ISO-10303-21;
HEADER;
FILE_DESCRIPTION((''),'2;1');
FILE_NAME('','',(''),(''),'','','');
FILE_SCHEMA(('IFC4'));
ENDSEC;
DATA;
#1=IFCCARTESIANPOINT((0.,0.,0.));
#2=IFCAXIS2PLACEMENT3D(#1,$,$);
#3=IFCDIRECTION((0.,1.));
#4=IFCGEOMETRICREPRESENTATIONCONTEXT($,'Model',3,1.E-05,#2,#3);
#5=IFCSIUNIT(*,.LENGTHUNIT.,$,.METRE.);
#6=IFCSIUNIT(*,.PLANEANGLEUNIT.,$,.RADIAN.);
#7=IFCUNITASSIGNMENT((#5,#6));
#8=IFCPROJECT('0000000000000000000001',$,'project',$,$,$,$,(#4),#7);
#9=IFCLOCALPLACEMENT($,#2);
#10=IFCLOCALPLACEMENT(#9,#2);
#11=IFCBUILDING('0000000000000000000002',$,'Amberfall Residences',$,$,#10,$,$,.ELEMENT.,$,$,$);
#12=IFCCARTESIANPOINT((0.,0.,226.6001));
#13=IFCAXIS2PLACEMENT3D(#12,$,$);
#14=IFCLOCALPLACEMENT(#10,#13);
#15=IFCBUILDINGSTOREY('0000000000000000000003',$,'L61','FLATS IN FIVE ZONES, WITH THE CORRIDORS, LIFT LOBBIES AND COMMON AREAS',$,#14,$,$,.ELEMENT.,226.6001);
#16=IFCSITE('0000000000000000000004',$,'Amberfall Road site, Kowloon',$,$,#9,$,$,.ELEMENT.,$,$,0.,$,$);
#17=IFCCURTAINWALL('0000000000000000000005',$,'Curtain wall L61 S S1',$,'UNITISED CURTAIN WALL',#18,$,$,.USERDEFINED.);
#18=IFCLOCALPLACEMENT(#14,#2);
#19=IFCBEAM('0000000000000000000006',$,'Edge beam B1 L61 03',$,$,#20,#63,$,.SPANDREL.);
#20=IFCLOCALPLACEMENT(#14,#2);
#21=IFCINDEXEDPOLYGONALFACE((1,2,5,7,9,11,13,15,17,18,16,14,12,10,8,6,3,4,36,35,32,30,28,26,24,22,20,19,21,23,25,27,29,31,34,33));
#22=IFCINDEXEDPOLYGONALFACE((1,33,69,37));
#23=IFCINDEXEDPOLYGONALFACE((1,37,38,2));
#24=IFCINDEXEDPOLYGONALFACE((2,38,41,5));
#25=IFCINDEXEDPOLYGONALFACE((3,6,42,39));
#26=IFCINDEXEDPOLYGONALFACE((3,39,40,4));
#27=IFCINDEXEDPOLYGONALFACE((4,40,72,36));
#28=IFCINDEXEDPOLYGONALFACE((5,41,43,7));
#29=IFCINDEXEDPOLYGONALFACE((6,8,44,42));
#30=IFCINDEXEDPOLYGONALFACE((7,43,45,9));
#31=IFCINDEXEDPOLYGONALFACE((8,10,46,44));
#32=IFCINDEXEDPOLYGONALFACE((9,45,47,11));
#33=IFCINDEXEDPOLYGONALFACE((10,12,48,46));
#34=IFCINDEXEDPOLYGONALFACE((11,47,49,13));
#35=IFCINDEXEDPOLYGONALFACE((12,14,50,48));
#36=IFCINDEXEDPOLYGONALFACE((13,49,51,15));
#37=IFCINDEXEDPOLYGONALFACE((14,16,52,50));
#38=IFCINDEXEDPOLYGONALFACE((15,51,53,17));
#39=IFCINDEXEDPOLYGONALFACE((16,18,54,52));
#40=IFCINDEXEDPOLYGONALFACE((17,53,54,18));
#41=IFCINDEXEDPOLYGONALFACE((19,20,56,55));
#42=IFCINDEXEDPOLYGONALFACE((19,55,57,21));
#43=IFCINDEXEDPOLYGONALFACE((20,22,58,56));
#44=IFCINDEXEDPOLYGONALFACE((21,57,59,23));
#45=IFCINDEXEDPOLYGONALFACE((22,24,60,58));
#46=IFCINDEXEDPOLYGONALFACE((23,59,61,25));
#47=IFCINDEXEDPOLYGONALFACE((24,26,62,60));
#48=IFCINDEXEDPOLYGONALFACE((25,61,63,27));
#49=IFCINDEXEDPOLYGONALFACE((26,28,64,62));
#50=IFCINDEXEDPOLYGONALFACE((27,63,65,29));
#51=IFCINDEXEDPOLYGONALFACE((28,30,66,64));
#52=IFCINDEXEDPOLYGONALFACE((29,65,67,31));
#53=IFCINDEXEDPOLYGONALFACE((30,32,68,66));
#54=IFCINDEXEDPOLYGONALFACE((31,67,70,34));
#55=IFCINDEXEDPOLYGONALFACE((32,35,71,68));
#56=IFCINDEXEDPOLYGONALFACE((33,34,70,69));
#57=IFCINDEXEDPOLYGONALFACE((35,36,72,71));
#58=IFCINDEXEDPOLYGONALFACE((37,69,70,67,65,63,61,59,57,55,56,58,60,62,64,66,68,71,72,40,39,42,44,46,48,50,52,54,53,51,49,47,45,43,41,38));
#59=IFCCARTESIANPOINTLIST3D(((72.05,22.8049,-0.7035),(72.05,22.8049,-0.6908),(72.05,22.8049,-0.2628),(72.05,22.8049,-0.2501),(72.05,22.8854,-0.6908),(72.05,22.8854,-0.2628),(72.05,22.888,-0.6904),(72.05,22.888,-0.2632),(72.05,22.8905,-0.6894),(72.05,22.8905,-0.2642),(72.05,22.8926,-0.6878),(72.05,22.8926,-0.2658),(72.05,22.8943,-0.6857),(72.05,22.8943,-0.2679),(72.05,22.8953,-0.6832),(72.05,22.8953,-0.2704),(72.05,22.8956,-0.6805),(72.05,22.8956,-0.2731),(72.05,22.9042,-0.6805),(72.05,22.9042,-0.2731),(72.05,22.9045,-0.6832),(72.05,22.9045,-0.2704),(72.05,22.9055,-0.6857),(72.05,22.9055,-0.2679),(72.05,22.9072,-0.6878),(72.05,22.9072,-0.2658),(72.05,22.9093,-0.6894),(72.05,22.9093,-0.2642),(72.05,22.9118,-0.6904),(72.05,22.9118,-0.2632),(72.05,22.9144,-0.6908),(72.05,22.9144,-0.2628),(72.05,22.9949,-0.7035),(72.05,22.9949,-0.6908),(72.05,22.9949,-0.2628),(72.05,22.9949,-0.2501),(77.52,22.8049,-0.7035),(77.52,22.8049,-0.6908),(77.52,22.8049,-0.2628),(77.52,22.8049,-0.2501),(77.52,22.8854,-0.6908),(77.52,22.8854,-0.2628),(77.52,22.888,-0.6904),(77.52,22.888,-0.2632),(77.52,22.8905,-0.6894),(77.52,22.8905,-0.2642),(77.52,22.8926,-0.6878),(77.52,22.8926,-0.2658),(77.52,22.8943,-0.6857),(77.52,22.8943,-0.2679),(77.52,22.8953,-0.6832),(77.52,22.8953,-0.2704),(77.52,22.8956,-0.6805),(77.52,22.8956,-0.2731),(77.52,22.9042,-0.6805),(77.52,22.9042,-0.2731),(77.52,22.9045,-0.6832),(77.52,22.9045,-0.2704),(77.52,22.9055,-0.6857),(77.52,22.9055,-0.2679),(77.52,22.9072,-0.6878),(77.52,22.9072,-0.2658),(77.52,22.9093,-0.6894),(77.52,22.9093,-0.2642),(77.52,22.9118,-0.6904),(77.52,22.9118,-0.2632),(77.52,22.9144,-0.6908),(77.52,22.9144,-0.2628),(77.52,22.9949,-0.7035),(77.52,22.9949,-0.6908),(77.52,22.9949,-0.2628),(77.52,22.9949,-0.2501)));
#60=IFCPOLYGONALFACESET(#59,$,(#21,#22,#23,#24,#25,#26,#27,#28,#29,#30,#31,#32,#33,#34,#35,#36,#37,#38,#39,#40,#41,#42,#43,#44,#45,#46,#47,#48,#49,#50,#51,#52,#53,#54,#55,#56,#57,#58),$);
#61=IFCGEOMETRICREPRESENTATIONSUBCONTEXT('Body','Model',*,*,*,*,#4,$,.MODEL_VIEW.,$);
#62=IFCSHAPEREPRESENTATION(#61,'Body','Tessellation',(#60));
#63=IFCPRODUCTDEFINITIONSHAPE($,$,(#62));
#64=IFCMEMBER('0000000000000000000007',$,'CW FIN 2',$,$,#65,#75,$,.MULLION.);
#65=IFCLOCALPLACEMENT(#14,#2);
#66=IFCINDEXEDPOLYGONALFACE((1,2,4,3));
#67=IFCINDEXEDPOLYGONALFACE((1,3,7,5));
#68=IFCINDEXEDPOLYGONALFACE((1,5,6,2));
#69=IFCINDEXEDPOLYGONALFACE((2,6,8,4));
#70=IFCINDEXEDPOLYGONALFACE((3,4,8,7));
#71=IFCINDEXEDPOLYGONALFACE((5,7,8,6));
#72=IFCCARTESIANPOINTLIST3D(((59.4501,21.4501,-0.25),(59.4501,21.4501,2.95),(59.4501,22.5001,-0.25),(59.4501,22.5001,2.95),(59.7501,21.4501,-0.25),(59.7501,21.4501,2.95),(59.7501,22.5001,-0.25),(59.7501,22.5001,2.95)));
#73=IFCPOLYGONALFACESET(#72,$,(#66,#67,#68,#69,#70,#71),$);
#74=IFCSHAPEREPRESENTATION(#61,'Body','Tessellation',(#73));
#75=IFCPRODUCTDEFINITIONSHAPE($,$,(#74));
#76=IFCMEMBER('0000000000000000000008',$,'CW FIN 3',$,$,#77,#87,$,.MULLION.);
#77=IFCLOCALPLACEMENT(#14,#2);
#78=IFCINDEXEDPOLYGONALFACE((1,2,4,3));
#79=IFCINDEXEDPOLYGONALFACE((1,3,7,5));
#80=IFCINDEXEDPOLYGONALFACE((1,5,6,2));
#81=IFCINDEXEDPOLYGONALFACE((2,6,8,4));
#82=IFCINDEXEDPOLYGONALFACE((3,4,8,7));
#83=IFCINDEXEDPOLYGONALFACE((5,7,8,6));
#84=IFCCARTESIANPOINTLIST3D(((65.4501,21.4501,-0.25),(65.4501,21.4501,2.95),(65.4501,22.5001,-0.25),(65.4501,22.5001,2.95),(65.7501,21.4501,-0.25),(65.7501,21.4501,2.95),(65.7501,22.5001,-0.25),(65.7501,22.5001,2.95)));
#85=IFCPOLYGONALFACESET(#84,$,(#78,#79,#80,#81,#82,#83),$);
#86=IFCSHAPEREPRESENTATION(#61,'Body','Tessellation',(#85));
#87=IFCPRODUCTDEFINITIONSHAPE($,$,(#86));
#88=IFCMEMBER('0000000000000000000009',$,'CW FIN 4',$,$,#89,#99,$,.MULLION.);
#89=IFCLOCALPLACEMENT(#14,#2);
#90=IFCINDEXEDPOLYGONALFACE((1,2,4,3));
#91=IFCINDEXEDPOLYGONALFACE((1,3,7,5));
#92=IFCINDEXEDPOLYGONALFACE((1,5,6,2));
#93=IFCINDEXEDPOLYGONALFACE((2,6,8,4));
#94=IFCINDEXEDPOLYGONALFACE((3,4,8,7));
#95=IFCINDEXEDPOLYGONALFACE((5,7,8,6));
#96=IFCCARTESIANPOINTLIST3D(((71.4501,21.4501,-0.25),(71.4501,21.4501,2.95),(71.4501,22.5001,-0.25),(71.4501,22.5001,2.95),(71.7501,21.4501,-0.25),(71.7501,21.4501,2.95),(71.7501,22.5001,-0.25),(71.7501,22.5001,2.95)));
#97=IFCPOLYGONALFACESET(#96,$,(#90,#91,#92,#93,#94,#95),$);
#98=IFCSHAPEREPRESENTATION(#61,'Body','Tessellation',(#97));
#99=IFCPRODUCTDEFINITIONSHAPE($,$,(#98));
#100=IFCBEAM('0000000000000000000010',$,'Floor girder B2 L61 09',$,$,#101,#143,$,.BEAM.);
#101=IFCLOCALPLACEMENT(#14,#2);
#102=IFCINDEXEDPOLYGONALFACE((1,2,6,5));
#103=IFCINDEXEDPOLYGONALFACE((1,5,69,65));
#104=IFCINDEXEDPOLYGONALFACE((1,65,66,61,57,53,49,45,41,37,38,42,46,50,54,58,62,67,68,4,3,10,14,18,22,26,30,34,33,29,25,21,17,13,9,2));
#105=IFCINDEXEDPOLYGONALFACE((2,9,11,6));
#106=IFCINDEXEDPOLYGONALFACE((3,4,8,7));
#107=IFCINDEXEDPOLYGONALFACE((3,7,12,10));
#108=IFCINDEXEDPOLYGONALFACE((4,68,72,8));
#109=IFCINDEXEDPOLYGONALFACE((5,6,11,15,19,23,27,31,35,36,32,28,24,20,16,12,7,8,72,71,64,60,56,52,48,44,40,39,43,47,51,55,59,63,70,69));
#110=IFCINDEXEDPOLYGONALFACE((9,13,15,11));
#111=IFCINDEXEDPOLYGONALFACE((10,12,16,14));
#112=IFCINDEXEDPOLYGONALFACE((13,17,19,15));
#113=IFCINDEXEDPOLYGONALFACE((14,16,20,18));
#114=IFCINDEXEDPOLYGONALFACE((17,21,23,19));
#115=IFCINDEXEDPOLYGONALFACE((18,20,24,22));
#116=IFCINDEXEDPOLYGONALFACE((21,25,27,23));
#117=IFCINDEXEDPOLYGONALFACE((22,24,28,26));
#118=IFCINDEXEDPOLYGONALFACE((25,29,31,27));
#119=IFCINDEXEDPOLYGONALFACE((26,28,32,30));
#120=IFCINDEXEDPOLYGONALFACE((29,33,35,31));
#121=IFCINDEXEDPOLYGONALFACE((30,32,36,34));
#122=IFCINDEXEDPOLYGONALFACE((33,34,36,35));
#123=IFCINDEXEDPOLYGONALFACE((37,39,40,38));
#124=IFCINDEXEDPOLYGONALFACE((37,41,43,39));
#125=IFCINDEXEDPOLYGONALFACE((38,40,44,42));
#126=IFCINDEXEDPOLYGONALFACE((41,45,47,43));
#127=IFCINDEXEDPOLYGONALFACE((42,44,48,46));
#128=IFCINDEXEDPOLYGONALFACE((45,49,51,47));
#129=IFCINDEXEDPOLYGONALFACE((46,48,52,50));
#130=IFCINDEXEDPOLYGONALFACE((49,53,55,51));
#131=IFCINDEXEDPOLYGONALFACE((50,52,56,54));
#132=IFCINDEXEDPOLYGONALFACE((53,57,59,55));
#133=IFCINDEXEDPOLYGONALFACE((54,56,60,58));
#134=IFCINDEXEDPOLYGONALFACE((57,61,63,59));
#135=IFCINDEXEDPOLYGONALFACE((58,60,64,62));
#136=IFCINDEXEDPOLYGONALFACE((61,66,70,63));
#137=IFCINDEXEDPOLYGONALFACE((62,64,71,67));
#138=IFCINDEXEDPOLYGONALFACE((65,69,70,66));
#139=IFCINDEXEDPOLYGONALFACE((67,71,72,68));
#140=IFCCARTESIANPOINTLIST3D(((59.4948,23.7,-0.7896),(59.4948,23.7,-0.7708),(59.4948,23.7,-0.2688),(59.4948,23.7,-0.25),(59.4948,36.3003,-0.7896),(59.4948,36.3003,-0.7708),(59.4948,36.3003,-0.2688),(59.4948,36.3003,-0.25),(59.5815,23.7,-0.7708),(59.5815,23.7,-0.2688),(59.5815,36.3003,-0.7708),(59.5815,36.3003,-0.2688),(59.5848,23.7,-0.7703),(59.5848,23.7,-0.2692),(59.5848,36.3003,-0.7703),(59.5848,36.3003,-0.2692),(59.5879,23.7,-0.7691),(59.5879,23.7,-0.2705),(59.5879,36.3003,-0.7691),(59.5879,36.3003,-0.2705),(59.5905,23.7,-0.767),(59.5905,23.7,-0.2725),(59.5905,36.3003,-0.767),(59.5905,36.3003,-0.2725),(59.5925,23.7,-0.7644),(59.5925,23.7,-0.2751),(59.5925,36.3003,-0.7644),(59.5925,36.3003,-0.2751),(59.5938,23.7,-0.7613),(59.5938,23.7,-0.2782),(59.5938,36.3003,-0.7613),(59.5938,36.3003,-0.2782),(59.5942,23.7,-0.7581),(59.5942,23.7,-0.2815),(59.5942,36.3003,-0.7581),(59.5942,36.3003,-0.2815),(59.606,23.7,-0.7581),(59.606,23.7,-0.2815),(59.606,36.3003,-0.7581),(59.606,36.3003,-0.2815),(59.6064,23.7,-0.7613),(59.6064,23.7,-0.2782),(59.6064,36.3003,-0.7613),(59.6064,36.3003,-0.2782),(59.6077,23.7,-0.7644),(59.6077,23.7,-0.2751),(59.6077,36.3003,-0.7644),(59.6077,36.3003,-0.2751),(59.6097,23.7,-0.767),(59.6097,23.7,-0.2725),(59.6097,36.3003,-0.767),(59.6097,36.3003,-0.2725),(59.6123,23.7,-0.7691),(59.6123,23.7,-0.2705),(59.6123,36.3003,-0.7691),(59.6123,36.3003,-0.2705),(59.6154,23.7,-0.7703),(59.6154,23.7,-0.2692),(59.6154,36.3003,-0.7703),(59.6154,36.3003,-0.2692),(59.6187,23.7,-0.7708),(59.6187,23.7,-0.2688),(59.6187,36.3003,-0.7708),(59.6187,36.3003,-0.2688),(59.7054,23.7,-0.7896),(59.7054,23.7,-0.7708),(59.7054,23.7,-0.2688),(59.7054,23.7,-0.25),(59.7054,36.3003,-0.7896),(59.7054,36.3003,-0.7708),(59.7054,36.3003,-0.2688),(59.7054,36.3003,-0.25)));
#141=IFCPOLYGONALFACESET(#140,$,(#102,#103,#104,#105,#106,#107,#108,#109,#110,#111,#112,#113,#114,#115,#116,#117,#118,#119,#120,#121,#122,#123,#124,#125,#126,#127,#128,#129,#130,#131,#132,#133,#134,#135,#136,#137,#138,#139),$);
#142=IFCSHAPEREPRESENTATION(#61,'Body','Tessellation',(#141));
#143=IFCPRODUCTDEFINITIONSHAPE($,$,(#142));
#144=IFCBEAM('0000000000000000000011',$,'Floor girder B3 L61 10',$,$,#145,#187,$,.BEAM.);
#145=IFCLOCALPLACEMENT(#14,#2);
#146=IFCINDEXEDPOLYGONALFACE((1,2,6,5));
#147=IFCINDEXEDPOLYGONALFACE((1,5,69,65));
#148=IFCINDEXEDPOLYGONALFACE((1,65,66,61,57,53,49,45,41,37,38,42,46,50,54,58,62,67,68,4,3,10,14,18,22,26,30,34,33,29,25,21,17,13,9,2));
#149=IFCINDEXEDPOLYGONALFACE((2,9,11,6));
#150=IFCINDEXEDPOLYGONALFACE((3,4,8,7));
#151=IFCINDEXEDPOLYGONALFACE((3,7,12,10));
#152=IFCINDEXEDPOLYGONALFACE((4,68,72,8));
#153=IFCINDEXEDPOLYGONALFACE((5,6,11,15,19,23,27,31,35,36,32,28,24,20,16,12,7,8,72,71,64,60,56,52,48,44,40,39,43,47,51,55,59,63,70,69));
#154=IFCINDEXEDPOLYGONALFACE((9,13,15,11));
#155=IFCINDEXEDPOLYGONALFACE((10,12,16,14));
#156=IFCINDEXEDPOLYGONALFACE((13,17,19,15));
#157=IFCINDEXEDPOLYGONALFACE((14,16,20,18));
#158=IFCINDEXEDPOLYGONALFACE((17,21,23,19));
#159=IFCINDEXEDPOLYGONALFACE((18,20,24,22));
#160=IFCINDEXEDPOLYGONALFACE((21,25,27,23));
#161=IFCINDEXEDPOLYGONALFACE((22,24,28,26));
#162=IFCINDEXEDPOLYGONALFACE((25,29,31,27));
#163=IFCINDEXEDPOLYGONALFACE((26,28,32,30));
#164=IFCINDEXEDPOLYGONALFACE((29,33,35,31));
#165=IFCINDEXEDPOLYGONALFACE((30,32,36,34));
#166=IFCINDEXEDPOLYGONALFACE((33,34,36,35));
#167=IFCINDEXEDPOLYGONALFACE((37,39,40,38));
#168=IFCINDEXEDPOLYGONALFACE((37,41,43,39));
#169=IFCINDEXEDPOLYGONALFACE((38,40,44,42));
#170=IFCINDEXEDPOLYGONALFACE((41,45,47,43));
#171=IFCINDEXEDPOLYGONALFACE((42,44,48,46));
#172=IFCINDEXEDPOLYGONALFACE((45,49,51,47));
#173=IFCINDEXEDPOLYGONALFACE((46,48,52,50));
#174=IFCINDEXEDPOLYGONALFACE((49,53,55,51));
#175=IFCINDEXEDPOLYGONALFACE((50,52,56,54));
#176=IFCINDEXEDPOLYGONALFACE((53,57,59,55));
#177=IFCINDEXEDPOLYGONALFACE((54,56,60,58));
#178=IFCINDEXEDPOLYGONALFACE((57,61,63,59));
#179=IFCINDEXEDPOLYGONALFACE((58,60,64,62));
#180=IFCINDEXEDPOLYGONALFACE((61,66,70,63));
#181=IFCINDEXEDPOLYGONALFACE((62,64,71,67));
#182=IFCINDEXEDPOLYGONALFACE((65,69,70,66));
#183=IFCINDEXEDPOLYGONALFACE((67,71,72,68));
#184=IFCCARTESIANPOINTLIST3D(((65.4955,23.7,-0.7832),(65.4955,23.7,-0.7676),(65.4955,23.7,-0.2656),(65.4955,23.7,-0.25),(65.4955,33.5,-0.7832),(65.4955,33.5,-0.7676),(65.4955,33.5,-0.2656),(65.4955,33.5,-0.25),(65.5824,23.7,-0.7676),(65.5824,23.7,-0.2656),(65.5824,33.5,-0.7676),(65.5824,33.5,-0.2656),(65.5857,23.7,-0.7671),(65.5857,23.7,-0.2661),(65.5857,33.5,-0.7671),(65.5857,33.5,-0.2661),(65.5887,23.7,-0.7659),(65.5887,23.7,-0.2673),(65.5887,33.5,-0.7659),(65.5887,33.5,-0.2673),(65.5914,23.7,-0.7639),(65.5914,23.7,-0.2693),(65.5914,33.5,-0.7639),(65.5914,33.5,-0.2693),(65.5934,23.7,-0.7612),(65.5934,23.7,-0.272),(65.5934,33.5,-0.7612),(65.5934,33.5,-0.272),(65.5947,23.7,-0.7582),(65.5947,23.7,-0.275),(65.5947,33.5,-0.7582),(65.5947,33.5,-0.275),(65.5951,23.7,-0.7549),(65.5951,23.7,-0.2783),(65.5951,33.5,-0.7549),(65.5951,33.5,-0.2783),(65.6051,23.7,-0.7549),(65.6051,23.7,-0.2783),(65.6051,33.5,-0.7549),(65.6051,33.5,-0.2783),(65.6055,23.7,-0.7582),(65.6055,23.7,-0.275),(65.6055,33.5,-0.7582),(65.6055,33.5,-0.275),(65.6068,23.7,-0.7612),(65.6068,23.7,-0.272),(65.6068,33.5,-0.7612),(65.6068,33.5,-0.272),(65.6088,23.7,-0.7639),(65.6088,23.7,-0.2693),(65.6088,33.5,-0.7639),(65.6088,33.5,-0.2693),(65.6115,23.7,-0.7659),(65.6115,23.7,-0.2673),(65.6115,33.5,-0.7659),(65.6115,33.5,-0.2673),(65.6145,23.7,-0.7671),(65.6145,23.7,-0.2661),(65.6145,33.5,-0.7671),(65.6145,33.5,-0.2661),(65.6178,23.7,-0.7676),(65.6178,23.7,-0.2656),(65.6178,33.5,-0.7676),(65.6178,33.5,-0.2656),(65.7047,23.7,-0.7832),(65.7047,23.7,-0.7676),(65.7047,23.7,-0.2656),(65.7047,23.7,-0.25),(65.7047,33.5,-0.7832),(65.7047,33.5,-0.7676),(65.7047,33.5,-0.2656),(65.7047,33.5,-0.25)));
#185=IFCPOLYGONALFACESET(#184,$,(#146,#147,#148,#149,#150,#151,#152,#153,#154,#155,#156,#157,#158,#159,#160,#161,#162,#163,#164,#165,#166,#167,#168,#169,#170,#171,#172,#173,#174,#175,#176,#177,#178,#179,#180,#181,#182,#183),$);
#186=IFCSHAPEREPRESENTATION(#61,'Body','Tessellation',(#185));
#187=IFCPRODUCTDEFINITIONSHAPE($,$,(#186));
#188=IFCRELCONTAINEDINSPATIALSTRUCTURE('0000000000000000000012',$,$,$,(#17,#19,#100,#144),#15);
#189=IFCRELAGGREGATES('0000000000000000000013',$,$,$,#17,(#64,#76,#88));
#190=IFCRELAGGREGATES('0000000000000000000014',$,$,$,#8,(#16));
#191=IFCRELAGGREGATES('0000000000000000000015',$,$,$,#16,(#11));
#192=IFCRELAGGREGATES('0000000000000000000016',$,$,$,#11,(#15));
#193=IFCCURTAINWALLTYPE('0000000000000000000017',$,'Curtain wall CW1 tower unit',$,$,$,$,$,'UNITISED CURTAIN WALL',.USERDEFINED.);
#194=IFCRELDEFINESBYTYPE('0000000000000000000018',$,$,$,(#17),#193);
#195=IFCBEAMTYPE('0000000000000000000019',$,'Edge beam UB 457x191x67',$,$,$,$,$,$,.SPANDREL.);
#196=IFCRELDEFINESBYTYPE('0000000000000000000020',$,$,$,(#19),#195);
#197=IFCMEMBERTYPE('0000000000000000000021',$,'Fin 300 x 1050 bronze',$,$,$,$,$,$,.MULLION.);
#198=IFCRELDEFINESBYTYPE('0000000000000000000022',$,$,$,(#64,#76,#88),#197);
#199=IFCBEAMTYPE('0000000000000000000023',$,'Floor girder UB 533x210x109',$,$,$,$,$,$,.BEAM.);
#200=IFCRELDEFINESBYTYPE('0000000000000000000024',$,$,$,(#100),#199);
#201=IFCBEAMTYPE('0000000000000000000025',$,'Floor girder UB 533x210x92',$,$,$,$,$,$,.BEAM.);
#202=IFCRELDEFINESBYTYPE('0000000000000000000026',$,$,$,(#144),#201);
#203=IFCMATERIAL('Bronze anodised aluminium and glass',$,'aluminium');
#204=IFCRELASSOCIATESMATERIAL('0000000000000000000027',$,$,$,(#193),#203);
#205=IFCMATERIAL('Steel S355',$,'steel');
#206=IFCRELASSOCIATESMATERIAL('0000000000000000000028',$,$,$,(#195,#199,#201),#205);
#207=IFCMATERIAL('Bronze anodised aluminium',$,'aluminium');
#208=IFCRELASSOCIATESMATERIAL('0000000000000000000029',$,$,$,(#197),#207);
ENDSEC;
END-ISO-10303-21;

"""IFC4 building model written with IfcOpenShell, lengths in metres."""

from ifc_helpers import new_model, si_unit, direction, frame, origin, origin_2d, place, context, subcontext, project, spatial, rectangle, i_section, extrude, material, material_profile, profile_set, type_object, element, aggregate, save


model = new_model("IFC4")

# Units and contexts
model_context = context("Model", 3, precision=1e-05, world=origin(), true_north=direction((0.0, 1.0)))
body_context = subcontext(model_context, "Body", "Model", "MODEL_VIEW")
ifc_project = project(units=[si_unit("LENGTHUNIT", "METRE"), si_unit("PLANEANGLEUNIT", "RADIAN")], contexts=[model_context])

# Site, building, storey
site_placement = place(None, origin())
site = spatial("IfcSite", under=ifc_project, at=site_placement, Name="Amberfall Road site, Kowloon", CompositionType="ELEMENT", RefElevation=0.0)
building_placement = place(site_placement, origin())
building = spatial("IfcBuilding", under=site, at=building_placement, Name="Amberfall Residences", CompositionType="ELEMENT")
storey_placement = place(building_placement, frame((0.0, 0.0, 226.6001)))
storey = spatial("IfcBuildingStorey", under=building, at=storey_placement, Name="L61", Description="FLATS IN FIVE ZONES, WITH THE CORRIDORS, LIFT LOBBIES AND COMMON AREAS", CompositionType="ELEMENT", Elevation=226.6001)

# Curtain wall
ifc_material_1 = material(Name="Bronze anodised aluminium and glass", Category="aluminium")
curtain_wall_type = type_object("IfcCurtainWallType", Name="Curtain wall CW1 tower unit", ElementType="UNITISED CURTAIN WALL", PredefinedType="USERDEFINED", material=ifc_material_1)
curtain_wall_placement = place(storey_placement, origin())
curtain_wall = element("IfcCurtainWall", 1, at=curtain_wall_placement, inside=storey, type_object=curtain_wall_type, Name="Curtain wall L61 S S1", ObjectType="UNITISED CURTAIN WALL", PredefinedType="USERDEFINED")
ifc_material_2 = material(Name="Bronze anodised aluminium", Category="aluminium")

# Beam
ifc_material_3 = material(Name="Steel S355", Category="steel")
ifc_material_profile_1 = material_profile(ifc_material_3, i_section(OverallWidth=0.1899, OverallDepth=0.4534, WebThickness=0.0085, FlangeThickness=0.0127, FilletRadius=0.0103, at=origin_2d()), Name="UB 457x191x67")
ifc_profile_set_1 = profile_set([ifc_material_profile_1], Name="Steel S355")
beam_type_1 = type_object("IfcBeamType", Name="Edge beam UB 457x191x67", PredefinedType="SPANDREL", material=ifc_profile_set_1)
beam_1_placement = place(storey_placement, frame((72.05, 22.8999, -0.4768), z_axis=(1.0, 0.0, 0.0), x_axis=(0.0, 1.0, 0.0)))
element("IfcBeam", 2, at=beam_1_placement, inside=storey, type_object=beam_type_1, Name="Edge beam B1 L61 03", PredefinedType="SPANDREL", context=body_context, shape_type="SweptSolid", body=[
    extrude(i_section(OverallWidth=0.1899, OverallDepth=0.4534, WebThickness=0.0085, FlangeThickness=0.0127, FilletRadius=0.0103, at=origin_2d()), origin(), (0.0, 0.0, 1.0), 5.47),
])

# Members
ifc_material_profile_2 = material_profile(ifc_material_2, rectangle(XDim=1.05, YDim=0.3, at=origin_2d()), Name="Fin 300 x 1050 bronze")
ifc_profile_set_2 = profile_set([ifc_material_profile_2], Name="Bronze anodised aluminium")
member_type_1 = type_object("IfcMemberType", Name="Fin 300 x 1050 bronze", PredefinedType="MULLION", material=ifc_profile_set_2)
member_1_placement = place(storey_placement, frame((59.6001, 21.9751, -0.25), z_axis=(0.0, 0.0, 1.0), x_axis=(0.0, 1.0, 0.0)))
member_1 = element("IfcMember", 3, at=member_1_placement, type_object=member_type_1, Name="CW FIN 2", PredefinedType="MULLION", context=body_context, shape_type="SweptSolid", body=[
    extrude(rectangle(XDim=1.05, YDim=0.3, at=origin_2d()), origin(), (0.0, 0.0, 1.0), 3.2),
])
member_2_placement = place(storey_placement, frame((65.6001, 21.9751, -0.25), z_axis=(0.0, 0.0, 1.0), x_axis=(0.0, 1.0, 0.0)))
member_2 = element("IfcMember", 4, at=member_2_placement, type_object=member_type_1, Name="CW FIN 3", PredefinedType="MULLION", context=body_context, shape_type="SweptSolid", body=[
    extrude(rectangle(XDim=1.05, YDim=0.3, at=origin_2d()), origin(), (0.0, 0.0, 1.0), 3.2),
])
member_3_placement = place(storey_placement, frame((71.6001, 21.9751, -0.25), z_axis=(0.0, 0.0, 1.0), x_axis=(0.0, 1.0, 0.0)))
member_3 = element("IfcMember", 5, at=member_3_placement, type_object=member_type_1, Name="CW FIN 4", PredefinedType="MULLION", context=body_context, shape_type="SweptSolid", body=[
    extrude(rectangle(XDim=1.05, YDim=0.3, at=origin_2d()), origin(), (0.0, 0.0, 1.0), 3.2),
])

# Beams
ifc_material_profile_3 = material_profile(ifc_material_3, i_section(OverallWidth=0.2107, OverallDepth=0.5396, WebThickness=0.0117, FlangeThickness=0.0188, FilletRadius=0.0127, at=origin_2d()), Name="UB 533x210x109")
ifc_profile_set_3 = profile_set([ifc_material_profile_3], Name="Steel S355")
beam_type_2 = type_object("IfcBeamType", Name="Floor girder UB 533x210x109", PredefinedType="BEAM", material=ifc_profile_set_3)
beam_2_placement = place(storey_placement, frame((59.6001, 23.7, -0.5198), z_axis=(0.0, 1.0, 0.0), x_axis=(-1.0, 0.0, 0.0)))
element("IfcBeam", 6, at=beam_2_placement, inside=storey, type_object=beam_type_2, Name="Floor girder B2 L61 09", PredefinedType="BEAM", context=body_context, shape_type="SweptSolid", body=[
    extrude(i_section(OverallWidth=0.2107, OverallDepth=0.5396, WebThickness=0.0117, FlangeThickness=0.0188, FilletRadius=0.0127, at=origin_2d()), origin(), (0.0, 0.0, 1.0), 12.6003),
])
ifc_material_profile_4 = material_profile(ifc_material_3, i_section(OverallWidth=0.2092, OverallDepth=0.5332, WebThickness=0.01, FlangeThickness=0.0156, FilletRadius=0.0127, at=origin_2d()), Name="UB 533x210x92")
ifc_profile_set_4 = profile_set([ifc_material_profile_4], Name="Steel S355")
beam_type_3 = type_object("IfcBeamType", Name="Floor girder UB 533x210x92", PredefinedType="BEAM", material=ifc_profile_set_4)
for number, where, z_axis, x_axis, name in (
    (7, (65.6001, 23.7, -0.5166), (0.0, 1.0, 0.0), (-1.0, 0.0, 0.0), "Floor girder B3 L61 10"),
):
    element("IfcBeam", number, at=place(storey_placement, frame(where, z_axis=z_axis, x_axis=x_axis)), inside=storey, type_object=beam_type_3, Name=name, PredefinedType="BEAM", context=body_context, shape_type="SweptSolid", body=[
        extrude(i_section(OverallWidth=0.2092, OverallDepth=0.5332, WebThickness=0.01, FlangeThickness=0.0156, FilletRadius=0.0127, at=origin_2d()), origin(), (0.0, 0.0, 1.0), 9.8),
    ])

aggregate(curtain_wall, [member_1, member_2, member_3])

save(model, "model.ifc")
